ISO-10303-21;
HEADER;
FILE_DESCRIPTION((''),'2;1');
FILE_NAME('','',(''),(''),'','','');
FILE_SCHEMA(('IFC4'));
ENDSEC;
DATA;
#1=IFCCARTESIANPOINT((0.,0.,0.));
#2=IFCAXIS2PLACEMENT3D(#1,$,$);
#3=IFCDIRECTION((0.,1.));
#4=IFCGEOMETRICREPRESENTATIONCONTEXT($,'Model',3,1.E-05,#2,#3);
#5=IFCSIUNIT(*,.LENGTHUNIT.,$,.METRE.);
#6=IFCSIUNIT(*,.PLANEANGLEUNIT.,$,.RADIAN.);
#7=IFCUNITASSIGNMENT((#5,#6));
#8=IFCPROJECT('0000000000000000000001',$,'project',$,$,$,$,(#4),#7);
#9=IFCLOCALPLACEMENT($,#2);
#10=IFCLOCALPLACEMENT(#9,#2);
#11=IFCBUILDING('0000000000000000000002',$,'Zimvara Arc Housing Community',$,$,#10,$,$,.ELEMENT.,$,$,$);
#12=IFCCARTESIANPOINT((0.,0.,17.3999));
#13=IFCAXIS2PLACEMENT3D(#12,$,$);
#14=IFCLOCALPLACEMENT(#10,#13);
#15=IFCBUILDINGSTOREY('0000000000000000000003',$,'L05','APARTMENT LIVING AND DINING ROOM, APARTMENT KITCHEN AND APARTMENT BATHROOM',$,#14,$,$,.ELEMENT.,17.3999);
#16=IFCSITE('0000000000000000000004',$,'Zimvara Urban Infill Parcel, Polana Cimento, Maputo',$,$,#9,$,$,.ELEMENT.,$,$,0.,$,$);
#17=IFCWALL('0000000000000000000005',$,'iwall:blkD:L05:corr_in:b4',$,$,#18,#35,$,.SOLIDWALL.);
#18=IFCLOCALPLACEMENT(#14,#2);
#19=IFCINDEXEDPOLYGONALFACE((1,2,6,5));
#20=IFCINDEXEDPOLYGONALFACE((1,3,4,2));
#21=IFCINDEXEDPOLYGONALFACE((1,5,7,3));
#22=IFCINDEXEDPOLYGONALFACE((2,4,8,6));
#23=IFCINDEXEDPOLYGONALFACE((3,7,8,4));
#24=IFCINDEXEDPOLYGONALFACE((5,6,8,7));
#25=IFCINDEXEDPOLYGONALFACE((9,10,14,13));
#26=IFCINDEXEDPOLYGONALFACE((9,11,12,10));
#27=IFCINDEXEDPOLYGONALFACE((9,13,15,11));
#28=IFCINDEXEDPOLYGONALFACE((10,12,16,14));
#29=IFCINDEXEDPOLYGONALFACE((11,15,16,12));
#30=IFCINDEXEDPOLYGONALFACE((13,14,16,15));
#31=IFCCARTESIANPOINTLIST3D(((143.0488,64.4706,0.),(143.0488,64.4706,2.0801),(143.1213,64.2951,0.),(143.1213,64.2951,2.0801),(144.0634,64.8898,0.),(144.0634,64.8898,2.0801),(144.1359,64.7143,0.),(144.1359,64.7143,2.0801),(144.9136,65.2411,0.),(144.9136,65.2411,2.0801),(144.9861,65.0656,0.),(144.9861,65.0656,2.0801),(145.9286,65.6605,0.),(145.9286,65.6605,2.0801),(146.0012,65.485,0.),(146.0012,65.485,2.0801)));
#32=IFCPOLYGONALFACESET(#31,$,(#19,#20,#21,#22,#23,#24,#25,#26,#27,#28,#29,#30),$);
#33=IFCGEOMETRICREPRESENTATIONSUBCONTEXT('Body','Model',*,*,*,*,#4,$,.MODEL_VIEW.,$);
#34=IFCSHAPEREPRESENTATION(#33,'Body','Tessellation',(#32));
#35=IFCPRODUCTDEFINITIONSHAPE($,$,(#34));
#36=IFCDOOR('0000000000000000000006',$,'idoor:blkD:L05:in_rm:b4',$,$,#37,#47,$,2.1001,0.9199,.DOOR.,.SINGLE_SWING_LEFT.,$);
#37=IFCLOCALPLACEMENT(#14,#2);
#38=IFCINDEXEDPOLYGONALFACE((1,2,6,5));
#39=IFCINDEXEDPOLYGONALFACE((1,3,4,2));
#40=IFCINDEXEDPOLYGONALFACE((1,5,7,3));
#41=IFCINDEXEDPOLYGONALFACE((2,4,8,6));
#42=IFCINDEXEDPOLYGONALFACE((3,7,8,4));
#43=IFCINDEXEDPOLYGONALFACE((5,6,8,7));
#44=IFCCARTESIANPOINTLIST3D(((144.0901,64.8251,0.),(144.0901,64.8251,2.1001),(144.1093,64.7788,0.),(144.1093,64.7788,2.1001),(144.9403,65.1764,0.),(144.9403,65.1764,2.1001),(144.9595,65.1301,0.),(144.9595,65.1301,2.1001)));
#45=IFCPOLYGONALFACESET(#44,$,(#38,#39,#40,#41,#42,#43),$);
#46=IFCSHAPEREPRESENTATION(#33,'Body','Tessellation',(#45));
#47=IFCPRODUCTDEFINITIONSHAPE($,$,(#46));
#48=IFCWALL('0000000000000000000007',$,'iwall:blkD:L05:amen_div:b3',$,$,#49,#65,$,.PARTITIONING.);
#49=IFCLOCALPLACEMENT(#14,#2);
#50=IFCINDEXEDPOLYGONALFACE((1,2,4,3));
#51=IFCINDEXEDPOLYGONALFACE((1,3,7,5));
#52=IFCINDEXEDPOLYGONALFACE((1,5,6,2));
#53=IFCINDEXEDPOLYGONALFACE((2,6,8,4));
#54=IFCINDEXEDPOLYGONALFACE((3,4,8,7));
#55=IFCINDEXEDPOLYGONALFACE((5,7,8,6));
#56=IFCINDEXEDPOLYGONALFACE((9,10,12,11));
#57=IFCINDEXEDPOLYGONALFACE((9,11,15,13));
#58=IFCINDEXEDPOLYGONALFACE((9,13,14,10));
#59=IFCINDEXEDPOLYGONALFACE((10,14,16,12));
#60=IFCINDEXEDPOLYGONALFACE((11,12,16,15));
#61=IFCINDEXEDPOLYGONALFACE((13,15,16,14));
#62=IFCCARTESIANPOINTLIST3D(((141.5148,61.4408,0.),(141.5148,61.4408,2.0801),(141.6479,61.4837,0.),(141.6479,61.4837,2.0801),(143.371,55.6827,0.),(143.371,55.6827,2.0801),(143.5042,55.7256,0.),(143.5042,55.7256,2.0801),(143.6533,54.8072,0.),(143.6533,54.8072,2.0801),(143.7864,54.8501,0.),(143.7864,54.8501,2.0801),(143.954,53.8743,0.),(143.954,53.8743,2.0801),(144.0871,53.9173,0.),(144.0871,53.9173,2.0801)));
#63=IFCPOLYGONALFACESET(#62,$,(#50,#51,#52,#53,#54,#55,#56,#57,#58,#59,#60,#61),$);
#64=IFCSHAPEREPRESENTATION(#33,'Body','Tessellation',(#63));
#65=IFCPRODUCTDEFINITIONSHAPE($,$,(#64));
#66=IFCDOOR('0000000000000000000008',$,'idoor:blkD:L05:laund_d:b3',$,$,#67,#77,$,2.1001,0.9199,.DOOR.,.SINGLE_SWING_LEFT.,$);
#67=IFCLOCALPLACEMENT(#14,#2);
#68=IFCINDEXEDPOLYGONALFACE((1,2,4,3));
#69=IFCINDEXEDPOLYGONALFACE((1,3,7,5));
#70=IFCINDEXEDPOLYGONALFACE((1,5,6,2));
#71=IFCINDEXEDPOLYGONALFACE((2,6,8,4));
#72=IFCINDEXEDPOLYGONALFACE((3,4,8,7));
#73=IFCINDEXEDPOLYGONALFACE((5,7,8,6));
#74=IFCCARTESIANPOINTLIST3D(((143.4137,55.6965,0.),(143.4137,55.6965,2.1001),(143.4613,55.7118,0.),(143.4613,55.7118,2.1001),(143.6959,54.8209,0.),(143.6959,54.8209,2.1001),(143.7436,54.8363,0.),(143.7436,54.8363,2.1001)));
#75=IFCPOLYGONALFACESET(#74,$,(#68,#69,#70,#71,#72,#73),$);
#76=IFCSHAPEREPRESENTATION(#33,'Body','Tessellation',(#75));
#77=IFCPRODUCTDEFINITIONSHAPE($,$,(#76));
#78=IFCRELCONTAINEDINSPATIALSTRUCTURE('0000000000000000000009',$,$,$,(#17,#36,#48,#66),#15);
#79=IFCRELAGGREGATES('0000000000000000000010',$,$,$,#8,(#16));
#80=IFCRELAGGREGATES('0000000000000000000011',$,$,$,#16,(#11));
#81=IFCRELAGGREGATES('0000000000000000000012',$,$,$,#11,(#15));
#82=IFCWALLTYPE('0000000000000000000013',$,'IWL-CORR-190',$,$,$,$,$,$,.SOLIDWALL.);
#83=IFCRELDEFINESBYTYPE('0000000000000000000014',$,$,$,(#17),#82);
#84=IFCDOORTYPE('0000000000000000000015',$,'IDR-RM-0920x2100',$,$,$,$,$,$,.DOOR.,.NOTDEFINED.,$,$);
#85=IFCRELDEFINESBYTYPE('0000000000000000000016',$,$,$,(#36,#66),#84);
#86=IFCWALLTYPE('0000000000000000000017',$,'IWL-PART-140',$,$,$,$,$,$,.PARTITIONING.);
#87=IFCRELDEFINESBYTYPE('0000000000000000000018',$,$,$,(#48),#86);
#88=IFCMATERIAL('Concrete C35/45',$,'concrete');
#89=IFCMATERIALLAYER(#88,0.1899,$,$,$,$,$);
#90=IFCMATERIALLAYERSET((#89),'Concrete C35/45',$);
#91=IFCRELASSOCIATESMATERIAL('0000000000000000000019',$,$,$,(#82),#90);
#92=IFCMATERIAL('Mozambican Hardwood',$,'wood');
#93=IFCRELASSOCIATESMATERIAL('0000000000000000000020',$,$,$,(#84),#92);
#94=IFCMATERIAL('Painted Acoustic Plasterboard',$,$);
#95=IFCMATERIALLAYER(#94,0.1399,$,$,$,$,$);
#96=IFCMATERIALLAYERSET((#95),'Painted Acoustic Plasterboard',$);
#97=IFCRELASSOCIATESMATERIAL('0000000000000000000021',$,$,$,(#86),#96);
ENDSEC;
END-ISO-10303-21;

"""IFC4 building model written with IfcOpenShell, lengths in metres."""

from ifc_helpers import new_model, si_unit, direction, frame, frame_2d, origin, place, context, subcontext, project, spatial, rectangle, extrude, material, layer, layer_set, type_object, element, fill, save


model = new_model("IFC4")

# Units and contexts
model_context = context("Model", 3, precision=1e-05, world=origin(), true_north=direction((0.0, 1.0)))
body_context = subcontext(model_context, "Body", "Model", "MODEL_VIEW")
ifc_project = project(units=[si_unit("LENGTHUNIT", "METRE"), si_unit("PLANEANGLEUNIT", "RADIAN")], contexts=[model_context])

# Site, building, storey
site_placement = place(None, origin())
site = spatial("IfcSite", under=ifc_project, at=site_placement, Name="Zimvara Urban Infill Parcel, Polana Cimento, Maputo", CompositionType="ELEMENT", RefElevation=0.0)
building_placement = place(site_placement, origin())
building = spatial("IfcBuilding", under=site, at=building_placement, Name="Zimvara Arc Housing Community", CompositionType="ELEMENT")
storey_placement = place(building_placement, frame((0.0, 0.0, 17.3999)))
storey = spatial("IfcBuildingStorey", under=building, at=storey_placement, Name="L05", Description="APARTMENT LIVING AND DINING ROOM, APARTMENT KITCHEN AND APARTMENT BATHROOM", CompositionType="ELEMENT", Elevation=17.3999)

# Shared definitions
ifc_material_1 = material(Name="Concrete C35/45", Category="concrete")
ifc_layer_1 = layer(ifc_material_1, 0.1899)
ifc_layer_set_1 = layer_set([ifc_layer_1], Name="Concrete C35/45")
wall_type_1 = type_object("IfcWallType", Name="IWL-CORR-190", PredefinedType="SOLIDWALL", material=ifc_layer_set_1)

# Walls, openings, doors
wall_1_placement = place(storey_placement, frame((143.085, 64.3828, 0.0), z_axis=(0.0, 0.0, 1.0), x_axis=(0.924213, 0.381877, 0.0)))
wall_1 = element("IfcWall", 1, at=wall_1_placement, inside=storey, type_object=wall_type_1, Name="iwall:blkD:L05:corr_in:b4", PredefinedType="SOLIDWALL", context=body_context, shape_type="SweptSolid", body=[
    extrude(rectangle(XDim=3.116, YDim=0.1899, at=frame_2d((1.5581, 0.0))), origin(), (0.0, 0.0, 1.0), 2.0801),
])
opening_1_placement = place(wall_1_placement, frame((1.0979, 0.0, 0.0)))
opening_1 = element("IfcOpeningElement", 2, at=opening_1_placement, cuts=wall_1, PredefinedType="OPENING", context=body_context, shape_type="SweptSolid", body=[
    extrude(rectangle(XDim=0.9199, YDim=2.1001, at=frame_2d((0.46, 1.05))), frame((0.0, 0.105, 0.0), z_axis=(0.0, -1.0, 0.0), x_axis=(1.0, 0.0, 0.0)), (0.0, 0.0, 1.0), 0.21),
])
ifc_material_2 = material(Name="Mozambican Hardwood", Category="wood")
door_type_1 = type_object("IfcDoorType", Name="IDR-RM-0920x2100", OperationType="NOTDEFINED", PredefinedType="DOOR", material=ifc_material_2)
door_1_placement = place(opening_1_placement, origin())
door_1 = element("IfcDoor", 3, at=door_1_placement, inside=storey, type_object=door_type_1, Name="idoor:blkD:L05:in_rm:b4", OperationType="SINGLE_SWING_LEFT", OverallHeight=2.1001, OverallWidth=0.9199, PredefinedType="DOOR", context=body_context, shape_type="SweptSolid", body=[
    extrude(rectangle(XDim=0.9199, YDim=2.1001, at=frame_2d((0.46, 1.05))), frame((0.0, 0.0249, 0.0), z_axis=(0.0, -1.0, 0.0), x_axis=(1.0, 0.0, 0.0)), (0.0, 0.0, 1.0), 0.05),
])
fill(opening_1, door_1)
ifc_material_3 = material(Name="Painted Acoustic Plasterboard")
ifc_layer_2 = layer(ifc_material_3, 0.1399)
ifc_layer_set_2 = layer_set([ifc_layer_2], Name="Painted Acoustic Plasterboard")
wall_type_2 = type_object("IfcWallType", Name="IWL-PART-140", PredefinedType="PARTITIONING", material=ifc_layer_set_2)
wall_2_placement = place(storey_placement, frame((141.5813, 61.4624, 0.0), z_axis=(0.0, 0.0, 1.0), x_axis=(0.306824, -0.951766, 0.0)))
wall_2 = element("IfcWall", 4, at=wall_2_placement, inside=storey, type_object=wall_type_2, Name="iwall:blkD:L05:amen_div:b3", PredefinedType="PARTITIONING", context=body_context, shape_type="SweptSolid", body=[
    extrude(rectangle(XDim=7.95, YDim=0.1399, at=frame_2d((3.9751, 0.0))), origin(), (0.0, 0.0, 1.0), 2.0801),
])
opening_2_placement = place(wall_2_placement, frame((6.05, 0.0, 0.0)))
opening_2 = element("IfcOpeningElement", 5, at=opening_2_placement, cuts=wall_2, PredefinedType="OPENING", context=body_context, shape_type="SweptSolid", body=[
    extrude(rectangle(XDim=0.9199, YDim=2.1001, at=frame_2d((0.46, 1.05))), frame((0.0, 0.0798, 0.0), z_axis=(0.0, -1.0, 0.0), x_axis=(1.0, 0.0, 0.0)), (0.0, 0.0, 1.0), 0.1599),
])
door_2_placement = place(opening_2_placement, origin())
door_2 = element("IfcDoor", 6, at=door_2_placement, inside=storey, type_object=door_type_1, Name="idoor:blkD:L05:laund_d:b3", OperationType="SINGLE_SWING_LEFT", OverallHeight=2.1001, OverallWidth=0.9199, PredefinedType="DOOR", context=body_context, shape_type="SweptSolid", body=[
    extrude(rectangle(XDim=0.9199, YDim=2.1001, at=frame_2d((0.46, 1.05))), frame((0.0, 0.0249, 0.0), z_axis=(0.0, -1.0, 0.0), x_axis=(1.0, 0.0, 0.0)), (0.0, 0.0, 1.0), 0.05),
])
fill(opening_2, door_2)

save(model, "model.ifc")
